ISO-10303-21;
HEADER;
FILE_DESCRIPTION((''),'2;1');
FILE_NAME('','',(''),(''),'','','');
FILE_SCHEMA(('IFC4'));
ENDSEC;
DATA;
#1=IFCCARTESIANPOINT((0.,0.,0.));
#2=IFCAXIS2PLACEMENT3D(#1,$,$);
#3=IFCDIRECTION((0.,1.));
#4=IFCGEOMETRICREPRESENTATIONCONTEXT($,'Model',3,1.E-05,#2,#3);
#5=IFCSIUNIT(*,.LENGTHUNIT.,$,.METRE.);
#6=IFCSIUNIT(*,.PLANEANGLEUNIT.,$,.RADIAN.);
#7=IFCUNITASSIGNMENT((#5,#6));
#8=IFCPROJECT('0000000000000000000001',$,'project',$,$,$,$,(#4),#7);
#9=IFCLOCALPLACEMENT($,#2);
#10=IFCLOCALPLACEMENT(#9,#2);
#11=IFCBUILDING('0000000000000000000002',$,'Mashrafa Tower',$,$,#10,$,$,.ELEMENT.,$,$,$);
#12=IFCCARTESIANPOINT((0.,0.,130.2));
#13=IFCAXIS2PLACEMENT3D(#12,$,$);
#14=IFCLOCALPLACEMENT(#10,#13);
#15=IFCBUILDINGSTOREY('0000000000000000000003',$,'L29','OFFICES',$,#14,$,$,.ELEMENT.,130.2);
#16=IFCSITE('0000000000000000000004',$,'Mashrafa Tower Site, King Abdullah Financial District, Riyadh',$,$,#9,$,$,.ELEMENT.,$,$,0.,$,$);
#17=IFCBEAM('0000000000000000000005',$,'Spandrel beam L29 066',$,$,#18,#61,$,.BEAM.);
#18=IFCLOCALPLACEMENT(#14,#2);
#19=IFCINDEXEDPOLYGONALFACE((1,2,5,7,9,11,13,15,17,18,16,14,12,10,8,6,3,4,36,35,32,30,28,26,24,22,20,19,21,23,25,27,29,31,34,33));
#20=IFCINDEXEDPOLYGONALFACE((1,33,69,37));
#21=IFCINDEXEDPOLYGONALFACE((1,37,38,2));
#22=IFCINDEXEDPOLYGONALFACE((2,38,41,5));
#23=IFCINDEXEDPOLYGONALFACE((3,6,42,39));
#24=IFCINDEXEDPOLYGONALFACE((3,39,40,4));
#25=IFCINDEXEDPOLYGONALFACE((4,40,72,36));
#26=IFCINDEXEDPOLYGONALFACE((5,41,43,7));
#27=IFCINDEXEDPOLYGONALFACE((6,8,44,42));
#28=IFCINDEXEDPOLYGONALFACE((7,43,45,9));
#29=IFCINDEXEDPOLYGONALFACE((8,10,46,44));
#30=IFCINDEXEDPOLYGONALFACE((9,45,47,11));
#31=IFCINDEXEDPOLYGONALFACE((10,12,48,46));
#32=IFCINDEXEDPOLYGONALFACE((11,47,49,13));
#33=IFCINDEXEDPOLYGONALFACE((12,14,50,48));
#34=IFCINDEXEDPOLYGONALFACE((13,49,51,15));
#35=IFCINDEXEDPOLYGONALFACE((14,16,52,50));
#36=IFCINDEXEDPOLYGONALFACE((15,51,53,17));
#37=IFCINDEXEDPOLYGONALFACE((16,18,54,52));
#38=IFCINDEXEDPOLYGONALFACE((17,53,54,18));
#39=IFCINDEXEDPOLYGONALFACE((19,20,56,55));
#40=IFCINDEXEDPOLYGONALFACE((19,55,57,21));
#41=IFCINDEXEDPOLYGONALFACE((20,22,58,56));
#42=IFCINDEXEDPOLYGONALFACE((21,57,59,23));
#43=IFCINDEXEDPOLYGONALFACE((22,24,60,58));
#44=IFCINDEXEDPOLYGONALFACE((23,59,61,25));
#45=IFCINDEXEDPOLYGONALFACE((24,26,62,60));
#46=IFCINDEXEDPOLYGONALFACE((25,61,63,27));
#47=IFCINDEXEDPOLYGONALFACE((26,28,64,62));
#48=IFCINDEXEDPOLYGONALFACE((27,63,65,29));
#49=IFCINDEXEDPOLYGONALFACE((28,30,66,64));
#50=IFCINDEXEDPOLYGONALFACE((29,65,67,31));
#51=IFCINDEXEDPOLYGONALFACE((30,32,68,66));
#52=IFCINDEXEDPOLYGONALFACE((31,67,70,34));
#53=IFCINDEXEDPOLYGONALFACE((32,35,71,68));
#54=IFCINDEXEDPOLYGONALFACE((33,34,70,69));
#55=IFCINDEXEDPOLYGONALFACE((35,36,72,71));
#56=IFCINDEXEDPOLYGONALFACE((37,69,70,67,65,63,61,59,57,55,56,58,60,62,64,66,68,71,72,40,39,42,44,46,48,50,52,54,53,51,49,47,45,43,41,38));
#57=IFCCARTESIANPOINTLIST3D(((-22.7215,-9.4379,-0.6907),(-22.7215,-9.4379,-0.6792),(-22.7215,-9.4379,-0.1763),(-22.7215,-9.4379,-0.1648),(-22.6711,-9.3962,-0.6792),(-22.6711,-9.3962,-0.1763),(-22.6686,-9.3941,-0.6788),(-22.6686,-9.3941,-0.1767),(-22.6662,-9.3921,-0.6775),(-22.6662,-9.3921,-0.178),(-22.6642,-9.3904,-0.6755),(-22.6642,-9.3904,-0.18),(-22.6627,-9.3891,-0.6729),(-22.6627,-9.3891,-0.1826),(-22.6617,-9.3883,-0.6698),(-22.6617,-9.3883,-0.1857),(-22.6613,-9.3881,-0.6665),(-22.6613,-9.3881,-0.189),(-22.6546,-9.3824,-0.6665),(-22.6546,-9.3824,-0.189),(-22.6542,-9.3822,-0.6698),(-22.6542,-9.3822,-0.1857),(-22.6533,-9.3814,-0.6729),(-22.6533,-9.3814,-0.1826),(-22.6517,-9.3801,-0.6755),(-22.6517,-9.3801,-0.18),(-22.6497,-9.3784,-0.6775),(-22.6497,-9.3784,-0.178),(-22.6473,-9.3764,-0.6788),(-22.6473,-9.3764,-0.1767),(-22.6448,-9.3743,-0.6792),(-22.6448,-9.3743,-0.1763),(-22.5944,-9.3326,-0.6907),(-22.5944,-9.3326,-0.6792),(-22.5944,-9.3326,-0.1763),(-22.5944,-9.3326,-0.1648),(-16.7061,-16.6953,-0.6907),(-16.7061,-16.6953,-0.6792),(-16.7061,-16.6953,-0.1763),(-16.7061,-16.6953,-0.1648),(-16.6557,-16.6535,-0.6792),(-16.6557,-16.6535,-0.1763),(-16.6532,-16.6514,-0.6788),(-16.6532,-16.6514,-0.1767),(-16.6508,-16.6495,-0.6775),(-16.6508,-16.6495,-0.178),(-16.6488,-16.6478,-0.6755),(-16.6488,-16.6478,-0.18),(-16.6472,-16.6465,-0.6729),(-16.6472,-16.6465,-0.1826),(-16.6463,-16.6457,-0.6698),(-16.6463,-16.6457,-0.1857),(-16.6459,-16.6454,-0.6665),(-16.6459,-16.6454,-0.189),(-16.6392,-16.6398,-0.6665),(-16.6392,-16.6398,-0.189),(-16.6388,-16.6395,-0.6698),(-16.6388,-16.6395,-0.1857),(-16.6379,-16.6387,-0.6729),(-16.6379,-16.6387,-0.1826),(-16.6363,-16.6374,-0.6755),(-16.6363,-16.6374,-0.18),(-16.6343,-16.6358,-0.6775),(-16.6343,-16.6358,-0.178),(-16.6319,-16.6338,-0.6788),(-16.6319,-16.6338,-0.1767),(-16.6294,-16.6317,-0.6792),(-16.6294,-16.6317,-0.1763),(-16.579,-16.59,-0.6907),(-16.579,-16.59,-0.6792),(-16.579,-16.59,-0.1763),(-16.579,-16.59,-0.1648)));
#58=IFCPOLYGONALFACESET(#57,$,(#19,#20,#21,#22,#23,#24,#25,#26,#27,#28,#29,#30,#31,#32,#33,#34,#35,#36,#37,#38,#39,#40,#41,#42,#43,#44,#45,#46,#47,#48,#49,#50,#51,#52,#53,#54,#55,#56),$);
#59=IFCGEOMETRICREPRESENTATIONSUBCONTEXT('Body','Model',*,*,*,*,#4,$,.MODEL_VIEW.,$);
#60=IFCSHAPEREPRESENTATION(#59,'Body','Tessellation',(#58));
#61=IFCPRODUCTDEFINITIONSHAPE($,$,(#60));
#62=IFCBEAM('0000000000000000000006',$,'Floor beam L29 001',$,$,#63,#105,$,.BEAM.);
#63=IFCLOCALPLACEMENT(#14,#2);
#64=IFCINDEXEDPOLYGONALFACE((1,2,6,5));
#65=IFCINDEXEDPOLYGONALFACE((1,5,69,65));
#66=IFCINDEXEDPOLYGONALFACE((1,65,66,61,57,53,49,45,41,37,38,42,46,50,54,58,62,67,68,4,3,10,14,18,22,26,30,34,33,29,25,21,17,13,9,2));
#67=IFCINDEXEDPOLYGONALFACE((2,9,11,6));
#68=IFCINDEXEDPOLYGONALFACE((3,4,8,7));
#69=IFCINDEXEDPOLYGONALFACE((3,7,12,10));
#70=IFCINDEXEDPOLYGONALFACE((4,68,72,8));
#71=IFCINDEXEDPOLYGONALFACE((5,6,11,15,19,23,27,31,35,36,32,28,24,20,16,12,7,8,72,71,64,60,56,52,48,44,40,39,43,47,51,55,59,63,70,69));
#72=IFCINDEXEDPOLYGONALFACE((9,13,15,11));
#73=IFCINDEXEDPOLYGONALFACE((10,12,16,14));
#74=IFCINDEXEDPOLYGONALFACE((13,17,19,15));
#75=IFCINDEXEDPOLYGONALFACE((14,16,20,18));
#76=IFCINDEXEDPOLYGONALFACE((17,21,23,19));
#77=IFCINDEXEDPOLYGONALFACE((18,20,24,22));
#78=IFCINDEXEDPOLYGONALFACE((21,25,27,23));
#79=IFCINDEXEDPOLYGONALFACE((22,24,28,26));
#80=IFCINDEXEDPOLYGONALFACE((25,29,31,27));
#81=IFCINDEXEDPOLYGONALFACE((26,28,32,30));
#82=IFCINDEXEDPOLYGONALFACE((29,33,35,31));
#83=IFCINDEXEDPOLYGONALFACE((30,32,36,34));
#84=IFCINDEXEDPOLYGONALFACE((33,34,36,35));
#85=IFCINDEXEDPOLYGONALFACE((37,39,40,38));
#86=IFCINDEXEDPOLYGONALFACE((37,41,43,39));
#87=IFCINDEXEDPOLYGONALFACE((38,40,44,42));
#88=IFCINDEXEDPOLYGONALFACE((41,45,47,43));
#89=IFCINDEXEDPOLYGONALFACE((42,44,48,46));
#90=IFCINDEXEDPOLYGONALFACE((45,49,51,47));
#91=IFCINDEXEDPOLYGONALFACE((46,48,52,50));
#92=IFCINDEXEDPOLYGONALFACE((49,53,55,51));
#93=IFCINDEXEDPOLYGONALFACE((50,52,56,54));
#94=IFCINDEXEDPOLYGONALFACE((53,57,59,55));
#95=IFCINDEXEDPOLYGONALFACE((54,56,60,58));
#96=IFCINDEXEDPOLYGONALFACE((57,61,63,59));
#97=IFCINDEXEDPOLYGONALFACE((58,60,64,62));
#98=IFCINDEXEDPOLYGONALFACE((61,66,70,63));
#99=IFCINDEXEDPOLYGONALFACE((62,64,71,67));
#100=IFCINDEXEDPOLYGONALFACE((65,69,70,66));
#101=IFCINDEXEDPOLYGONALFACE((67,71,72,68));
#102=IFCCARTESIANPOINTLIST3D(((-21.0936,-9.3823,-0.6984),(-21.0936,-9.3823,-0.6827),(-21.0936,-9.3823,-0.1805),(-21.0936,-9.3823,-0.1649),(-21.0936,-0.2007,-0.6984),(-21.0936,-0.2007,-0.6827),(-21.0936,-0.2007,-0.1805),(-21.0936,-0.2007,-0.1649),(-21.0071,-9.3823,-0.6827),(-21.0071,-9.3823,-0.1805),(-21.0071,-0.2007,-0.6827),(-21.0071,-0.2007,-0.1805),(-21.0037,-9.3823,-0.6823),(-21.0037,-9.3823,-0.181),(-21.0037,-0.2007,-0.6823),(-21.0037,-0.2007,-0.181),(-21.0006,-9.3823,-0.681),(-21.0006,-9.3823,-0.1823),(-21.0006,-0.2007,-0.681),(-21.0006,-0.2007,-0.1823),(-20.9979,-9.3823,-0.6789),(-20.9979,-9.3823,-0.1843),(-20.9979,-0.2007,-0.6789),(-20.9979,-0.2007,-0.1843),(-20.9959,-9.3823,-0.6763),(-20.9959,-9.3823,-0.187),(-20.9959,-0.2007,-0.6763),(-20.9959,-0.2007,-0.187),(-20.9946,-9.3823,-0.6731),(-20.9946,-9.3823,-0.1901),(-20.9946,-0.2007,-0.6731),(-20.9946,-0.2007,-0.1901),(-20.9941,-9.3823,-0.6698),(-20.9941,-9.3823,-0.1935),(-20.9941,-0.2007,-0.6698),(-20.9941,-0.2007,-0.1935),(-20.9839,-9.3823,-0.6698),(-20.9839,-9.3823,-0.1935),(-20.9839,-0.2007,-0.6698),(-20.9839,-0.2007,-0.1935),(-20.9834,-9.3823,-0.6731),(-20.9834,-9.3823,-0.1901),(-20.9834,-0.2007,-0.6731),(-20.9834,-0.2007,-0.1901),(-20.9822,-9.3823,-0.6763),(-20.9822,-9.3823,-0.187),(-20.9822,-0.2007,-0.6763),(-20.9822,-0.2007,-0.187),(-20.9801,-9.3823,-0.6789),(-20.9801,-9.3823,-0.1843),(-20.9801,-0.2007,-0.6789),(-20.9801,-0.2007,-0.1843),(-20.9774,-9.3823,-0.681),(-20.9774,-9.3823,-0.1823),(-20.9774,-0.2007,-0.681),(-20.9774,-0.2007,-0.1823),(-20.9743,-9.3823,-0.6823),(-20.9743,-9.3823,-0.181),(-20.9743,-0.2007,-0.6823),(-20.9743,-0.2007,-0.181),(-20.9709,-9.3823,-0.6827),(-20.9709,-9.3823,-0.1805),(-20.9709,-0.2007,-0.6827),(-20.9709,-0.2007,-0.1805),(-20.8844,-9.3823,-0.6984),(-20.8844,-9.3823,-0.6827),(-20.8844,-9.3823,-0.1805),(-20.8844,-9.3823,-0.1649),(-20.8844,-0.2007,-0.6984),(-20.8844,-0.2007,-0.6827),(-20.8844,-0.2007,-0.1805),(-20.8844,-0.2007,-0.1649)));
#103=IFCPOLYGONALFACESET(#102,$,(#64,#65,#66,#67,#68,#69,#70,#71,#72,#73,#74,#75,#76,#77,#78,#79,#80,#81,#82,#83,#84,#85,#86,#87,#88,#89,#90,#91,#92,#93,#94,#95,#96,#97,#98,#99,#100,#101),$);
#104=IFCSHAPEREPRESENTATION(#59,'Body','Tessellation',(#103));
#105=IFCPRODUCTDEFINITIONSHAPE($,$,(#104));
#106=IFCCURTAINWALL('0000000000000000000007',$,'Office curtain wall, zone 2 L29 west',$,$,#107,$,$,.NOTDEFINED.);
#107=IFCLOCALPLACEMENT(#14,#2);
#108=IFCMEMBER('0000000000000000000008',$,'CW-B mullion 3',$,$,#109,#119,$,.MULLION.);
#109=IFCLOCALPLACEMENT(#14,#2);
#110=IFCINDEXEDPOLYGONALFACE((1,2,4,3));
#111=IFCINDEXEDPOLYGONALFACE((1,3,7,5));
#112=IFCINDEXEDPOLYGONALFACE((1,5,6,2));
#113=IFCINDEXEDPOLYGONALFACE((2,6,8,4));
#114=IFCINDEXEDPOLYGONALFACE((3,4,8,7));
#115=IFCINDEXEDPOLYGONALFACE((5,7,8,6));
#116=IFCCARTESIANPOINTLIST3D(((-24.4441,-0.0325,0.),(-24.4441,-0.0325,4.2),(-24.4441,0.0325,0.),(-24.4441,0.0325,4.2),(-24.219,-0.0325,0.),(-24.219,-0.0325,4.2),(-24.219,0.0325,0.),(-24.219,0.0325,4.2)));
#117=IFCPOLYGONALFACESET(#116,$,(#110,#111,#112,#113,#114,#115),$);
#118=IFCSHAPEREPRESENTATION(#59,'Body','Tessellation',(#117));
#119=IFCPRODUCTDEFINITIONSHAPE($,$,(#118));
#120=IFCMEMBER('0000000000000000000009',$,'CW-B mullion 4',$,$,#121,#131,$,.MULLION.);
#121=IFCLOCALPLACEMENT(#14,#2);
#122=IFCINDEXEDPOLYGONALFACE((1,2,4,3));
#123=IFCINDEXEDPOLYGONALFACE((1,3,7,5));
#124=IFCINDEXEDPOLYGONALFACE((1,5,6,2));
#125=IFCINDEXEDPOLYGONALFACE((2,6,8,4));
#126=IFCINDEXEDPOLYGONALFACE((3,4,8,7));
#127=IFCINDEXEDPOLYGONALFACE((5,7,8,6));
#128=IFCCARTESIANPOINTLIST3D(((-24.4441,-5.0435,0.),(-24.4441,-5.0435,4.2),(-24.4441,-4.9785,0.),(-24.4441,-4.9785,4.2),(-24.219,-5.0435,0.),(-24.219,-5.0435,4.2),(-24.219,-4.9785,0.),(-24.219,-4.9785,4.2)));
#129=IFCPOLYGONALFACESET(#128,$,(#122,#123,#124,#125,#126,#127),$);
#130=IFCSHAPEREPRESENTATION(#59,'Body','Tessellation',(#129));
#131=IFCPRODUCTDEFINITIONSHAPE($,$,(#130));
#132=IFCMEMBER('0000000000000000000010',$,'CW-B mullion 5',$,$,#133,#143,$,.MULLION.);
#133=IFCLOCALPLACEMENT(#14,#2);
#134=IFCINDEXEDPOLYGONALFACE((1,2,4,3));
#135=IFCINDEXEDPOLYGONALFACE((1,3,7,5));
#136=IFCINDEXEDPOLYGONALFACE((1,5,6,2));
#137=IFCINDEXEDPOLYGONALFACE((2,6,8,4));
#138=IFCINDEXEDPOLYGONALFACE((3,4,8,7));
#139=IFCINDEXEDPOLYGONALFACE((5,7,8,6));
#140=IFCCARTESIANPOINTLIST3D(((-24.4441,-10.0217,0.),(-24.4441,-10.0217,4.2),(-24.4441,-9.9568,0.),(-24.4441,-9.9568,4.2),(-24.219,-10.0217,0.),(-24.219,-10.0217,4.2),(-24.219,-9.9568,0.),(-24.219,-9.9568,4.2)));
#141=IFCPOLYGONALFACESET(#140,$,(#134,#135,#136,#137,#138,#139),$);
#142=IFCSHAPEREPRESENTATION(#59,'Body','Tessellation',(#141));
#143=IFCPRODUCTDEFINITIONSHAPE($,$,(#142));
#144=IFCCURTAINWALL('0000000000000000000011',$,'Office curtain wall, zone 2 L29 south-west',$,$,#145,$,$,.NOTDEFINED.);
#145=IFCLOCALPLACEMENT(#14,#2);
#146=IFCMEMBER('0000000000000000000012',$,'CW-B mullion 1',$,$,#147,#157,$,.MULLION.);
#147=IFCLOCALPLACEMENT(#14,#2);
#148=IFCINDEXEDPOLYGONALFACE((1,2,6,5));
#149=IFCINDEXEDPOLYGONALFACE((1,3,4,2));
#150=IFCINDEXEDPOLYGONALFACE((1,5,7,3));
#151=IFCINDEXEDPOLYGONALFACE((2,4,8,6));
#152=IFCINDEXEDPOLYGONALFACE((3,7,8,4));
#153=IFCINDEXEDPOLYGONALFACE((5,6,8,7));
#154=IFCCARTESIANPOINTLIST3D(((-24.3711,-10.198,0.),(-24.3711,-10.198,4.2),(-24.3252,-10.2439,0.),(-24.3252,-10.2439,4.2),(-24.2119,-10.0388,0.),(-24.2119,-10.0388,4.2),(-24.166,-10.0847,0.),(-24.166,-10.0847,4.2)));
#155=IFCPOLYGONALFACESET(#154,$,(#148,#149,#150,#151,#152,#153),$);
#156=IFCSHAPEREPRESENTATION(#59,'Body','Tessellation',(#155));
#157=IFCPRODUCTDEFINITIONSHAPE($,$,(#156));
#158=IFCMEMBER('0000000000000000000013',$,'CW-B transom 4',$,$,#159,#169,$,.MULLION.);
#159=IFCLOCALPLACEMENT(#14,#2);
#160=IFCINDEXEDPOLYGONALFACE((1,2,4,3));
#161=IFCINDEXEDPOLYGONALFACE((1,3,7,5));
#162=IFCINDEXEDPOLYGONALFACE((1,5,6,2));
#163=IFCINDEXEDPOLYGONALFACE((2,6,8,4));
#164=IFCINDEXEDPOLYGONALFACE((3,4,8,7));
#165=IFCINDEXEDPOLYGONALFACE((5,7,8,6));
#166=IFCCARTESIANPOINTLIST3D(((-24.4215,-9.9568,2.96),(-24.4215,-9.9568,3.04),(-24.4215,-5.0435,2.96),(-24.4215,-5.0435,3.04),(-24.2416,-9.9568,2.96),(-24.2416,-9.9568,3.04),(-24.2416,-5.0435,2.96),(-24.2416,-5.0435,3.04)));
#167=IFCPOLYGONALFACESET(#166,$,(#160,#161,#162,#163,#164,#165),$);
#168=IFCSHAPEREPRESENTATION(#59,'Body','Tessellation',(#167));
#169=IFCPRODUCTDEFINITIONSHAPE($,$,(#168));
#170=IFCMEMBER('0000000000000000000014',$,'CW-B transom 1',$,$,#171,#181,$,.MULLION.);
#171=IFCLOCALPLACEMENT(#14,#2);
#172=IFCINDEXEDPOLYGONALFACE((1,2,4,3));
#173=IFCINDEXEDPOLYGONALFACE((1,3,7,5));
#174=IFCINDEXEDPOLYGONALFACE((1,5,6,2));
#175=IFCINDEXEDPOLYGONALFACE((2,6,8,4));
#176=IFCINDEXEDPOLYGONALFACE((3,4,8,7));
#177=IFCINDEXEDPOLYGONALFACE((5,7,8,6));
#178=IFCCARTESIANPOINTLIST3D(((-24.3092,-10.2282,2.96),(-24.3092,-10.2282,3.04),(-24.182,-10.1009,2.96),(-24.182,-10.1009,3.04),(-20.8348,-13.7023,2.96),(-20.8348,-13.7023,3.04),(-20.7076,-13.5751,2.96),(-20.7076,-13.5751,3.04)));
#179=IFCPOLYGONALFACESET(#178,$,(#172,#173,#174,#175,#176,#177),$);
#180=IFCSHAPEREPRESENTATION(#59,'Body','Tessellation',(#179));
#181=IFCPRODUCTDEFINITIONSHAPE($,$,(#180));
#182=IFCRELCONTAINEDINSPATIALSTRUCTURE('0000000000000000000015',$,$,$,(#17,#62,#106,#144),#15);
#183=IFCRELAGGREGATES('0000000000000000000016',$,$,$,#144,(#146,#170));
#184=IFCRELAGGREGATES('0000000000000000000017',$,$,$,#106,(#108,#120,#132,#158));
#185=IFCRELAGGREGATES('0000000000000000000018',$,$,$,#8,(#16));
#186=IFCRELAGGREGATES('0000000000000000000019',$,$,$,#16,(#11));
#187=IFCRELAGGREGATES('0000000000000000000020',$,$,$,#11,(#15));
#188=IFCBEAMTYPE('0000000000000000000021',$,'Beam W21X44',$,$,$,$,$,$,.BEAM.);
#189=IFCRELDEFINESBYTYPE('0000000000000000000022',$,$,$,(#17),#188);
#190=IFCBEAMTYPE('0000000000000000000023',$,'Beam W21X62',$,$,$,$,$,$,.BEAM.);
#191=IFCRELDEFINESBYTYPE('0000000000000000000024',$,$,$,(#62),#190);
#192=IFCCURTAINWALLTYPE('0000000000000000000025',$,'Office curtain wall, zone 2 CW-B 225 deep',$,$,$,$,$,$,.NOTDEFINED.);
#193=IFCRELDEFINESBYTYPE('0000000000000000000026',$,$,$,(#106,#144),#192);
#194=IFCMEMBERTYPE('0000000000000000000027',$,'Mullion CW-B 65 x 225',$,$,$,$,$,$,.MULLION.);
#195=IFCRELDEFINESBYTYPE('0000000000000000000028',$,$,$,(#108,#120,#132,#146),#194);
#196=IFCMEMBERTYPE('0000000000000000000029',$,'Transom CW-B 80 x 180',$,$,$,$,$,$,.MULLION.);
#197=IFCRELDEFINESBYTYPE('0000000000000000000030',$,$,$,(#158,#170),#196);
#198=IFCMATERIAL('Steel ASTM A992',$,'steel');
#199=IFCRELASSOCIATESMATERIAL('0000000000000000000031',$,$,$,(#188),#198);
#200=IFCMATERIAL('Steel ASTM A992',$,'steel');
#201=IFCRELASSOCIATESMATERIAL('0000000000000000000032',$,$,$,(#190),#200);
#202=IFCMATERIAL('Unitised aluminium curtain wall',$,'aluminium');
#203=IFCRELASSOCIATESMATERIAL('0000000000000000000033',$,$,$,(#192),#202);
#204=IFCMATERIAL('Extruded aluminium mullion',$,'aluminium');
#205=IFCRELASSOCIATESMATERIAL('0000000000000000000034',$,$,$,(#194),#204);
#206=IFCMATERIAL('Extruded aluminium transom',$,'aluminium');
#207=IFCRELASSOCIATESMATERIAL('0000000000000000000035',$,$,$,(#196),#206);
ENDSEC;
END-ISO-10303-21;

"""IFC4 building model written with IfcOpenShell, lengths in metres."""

from ifc_helpers import new_model, si_unit, direction, frame, origin, origin_2d, place, context, subcontext, project, spatial, rectangle, i_section, extrude, source, transform, mapped, material, material_profile, profile_set, type_object, type_shapes, element, aggregate, save


model = new_model("IFC4")

# Units and contexts
model_context = context("Model", 3, precision=1e-05, world=origin(), true_north=direction((0.0, 1.0)))
body_context = subcontext(model_context, "Body", "Model", "MODEL_VIEW")
ifc_project = project(units=[si_unit("LENGTHUNIT", "METRE"), si_unit("PLANEANGLEUNIT", "RADIAN")], contexts=[model_context])

# Site, building, storey
site_placement = place(None, origin())
site = spatial("IfcSite", under=ifc_project, at=site_placement, Name="Mashrafa Tower Site, King Abdullah Financial District, Riyadh", CompositionType="ELEMENT", RefElevation=0.0)
building_placement = place(site_placement, origin())
building = spatial("IfcBuilding", under=site, at=building_placement, Name="Mashrafa Tower", CompositionType="ELEMENT")
storey_placement = place(building_placement, frame((0.0, 0.0, 130.2)))
storey = spatial("IfcBuildingStorey", under=building, at=storey_placement, Name="L29", Description="OFFICES", CompositionType="ELEMENT", Elevation=130.2)

# Beams
ifc_material_1 = material(Name="Steel ASTM A992", Category="steel")
ifc_material_profile_1 = material_profile(ifc_material_1, i_section(OverallWidth=0.165, OverallDepth=0.5259, WebThickness=0.0088, FlangeThickness=0.0115, FilletRadius=0.0127, at=origin_2d()), Name="W21X44")
ifc_profile_set_1 = profile_set([ifc_material_profile_1], Name="Steel ASTM A992")
beam_type_1 = type_object("IfcBeamType", Name="Beam W21X44", PredefinedType="BEAM", material=ifc_profile_set_1)
for number, where, z_axis, x_axis, name in (
    (1, (-22.658, -9.3853, -0.4277), (0.638154, -0.769908, 0.0), (0.769908, 0.638154, 0.0), "Spandrel beam L29 066"),
):
    element("IfcBeam", number, at=place(storey_placement, frame(where, z_axis=z_axis, x_axis=x_axis)), inside=storey, type_object=beam_type_1, Name=name, PredefinedType="BEAM", context=body_context, shape_type="SweptSolid", body=[
        extrude(i_section(OverallWidth=0.165, OverallDepth=0.5259, WebThickness=0.0088, FlangeThickness=0.0115, FilletRadius=0.0127, at=origin_2d()), origin(), (0.0, 0.0, 1.0), 9.4263),
    ])
ifc_material_2 = material(Name="Steel ASTM A992", Category="steel")
ifc_material_profile_2 = material_profile(ifc_material_2, i_section(OverallWidth=0.2092, OverallDepth=0.5334, WebThickness=0.0103, FlangeThickness=0.0156, FilletRadius=0.0129, at=origin_2d()), Name="W21X62")
ifc_profile_set_2 = profile_set([ifc_material_profile_2], Name="Steel ASTM A992")
beam_type_2 = type_object("IfcBeamType", Name="Beam W21X62", PredefinedType="BEAM", material=ifc_profile_set_2)
beam_1_placement = place(storey_placement, frame((-20.989, -9.3823, -0.4316), z_axis=(0.0, 1.0, 0.0), x_axis=(-1.0, 0.0, 0.0)))
element("IfcBeam", 2, at=beam_1_placement, inside=storey, type_object=beam_type_2, Name="Floor beam L29 001", PredefinedType="BEAM", context=body_context, shape_type="SweptSolid", body=[
    extrude(i_section(OverallWidth=0.2092, OverallDepth=0.5334, WebThickness=0.0103, FlangeThickness=0.0156, FilletRadius=0.0129, at=origin_2d()), origin(), (0.0, 0.0, 1.0), 9.1816),
])

# Curtain wall, members
ifc_material_3 = material(Name="Unitised aluminium curtain wall", Category="aluminium")
curtain_wall_type = type_object("IfcCurtainWallType", Name="Office curtain wall, zone 2 CW-B 225 deep", PredefinedType="NOTDEFINED", material=ifc_material_3)
curtain_wall_1_placement = place(storey_placement, origin())
curtain_wall_1 = element("IfcCurtainWall", 3, at=curtain_wall_1_placement, inside=storey, type_object=curtain_wall_type, Name="Office curtain wall, zone 2 L29 west", PredefinedType="NOTDEFINED")
ifc_material_4 = material(Name="Extruded aluminium mullion", Category="aluminium")
ifc_material_profile_3 = material_profile(ifc_material_4, rectangle(XDim=0.2251, YDim=0.0649, at=origin_2d()), Name="Mullion 65x225")
ifc_profile_set_3 = profile_set([ifc_material_profile_3], Name="Extruded aluminium mullion")
member_type_1 = type_object("IfcMemberType", Name="Mullion CW-B 65 x 225", PredefinedType="MULLION", material=ifc_profile_set_3)
shared_shape_1 = source(origin(), body_context, "Body", "SweptSolid", [
    extrude(rectangle(XDim=0.2251, YDim=0.0649, at=origin_2d()), origin(), (0.0, 0.0, 1.0), 4.2),
])
type_shapes(member_type_1, [shared_shape_1])
member_1_placement = place(storey_placement, frame((-24.3315, 0.0, 0.0), z_axis=(0.0, 0.0, 1.0), x_axis=(1.0, 0.0, 0.0)))
member_1 = element("IfcMember", 4, at=member_1_placement, type_object=member_type_1, Name="CW-B mullion 3", PredefinedType="MULLION", context=body_context, shape_type="MappedRepresentation", body=[
    mapped(shared_shape_1, transform((0.0, 0.0, 0.0))),
])
member_2_placement = place(storey_placement, frame((-24.3315, -5.011, 0.0), z_axis=(0.0, 0.0, 1.0), x_axis=(1.0, 0.0, 0.0)))
member_2 = element("IfcMember", 5, at=member_2_placement, type_object=member_type_1, Name="CW-B mullion 4", PredefinedType="MULLION", context=body_context, shape_type="MappedRepresentation", body=[
    mapped(shared_shape_1, transform((0.0, 0.0, 0.0))),
])
member_3_placement = place(storey_placement, frame((-24.3315, -9.9893, 0.0), z_axis=(0.0, 0.0, 1.0), x_axis=(1.0, 0.0, 0.0)))
member_3 = element("IfcMember", 6, at=member_3_placement, type_object=member_type_1, Name="CW-B mullion 5", PredefinedType="MULLION", context=body_context, shape_type="MappedRepresentation", body=[
    mapped(shared_shape_1, transform((0.0, 0.0, 0.0))),
])

# Curtain wall, member
curtain_wall_2_placement = place(storey_placement, origin())
curtain_wall_2 = element("IfcCurtainWall", 7, at=curtain_wall_2_placement, inside=storey, type_object=curtain_wall_type, Name="Office curtain wall, zone 2 L29 south-west", PredefinedType="NOTDEFINED")
member_4_placement = place(storey_placement, frame((-24.2686, -10.1414, 0.0), z_axis=(0.0, 0.0, 1.0), x_axis=(0.707107, 0.707107, 0.0)))
member_4 = element("IfcMember", 8, at=member_4_placement, type_object=member_type_1, Name="CW-B mullion 1", PredefinedType="MULLION", context=body_context, shape_type="MappedRepresentation", body=[
    mapped(shared_shape_1, transform((0.0, 0.0, 0.0))),
])

# Members
ifc_material_5 = material(Name="Extruded aluminium transom", Category="aluminium")
ifc_material_profile_4 = material_profile(ifc_material_5, rectangle(XDim=0.1799, YDim=0.0801, at=origin_2d()), Name="Transom 80x180")
ifc_profile_set_4 = profile_set([ifc_material_profile_4], Name="Extruded aluminium transom")
member_type_2 = type_object("IfcMemberType", Name="Transom CW-B 80 x 180", PredefinedType="MULLION", material=ifc_profile_set_4)
shared_shape_2 = source(origin(), body_context, "Body", "SweptSolid", [
    extrude(rectangle(XDim=0.1799, YDim=0.0801, at=origin_2d()), origin(), (0.0, 0.0, 1.0), 4.9133),
])
member_5_placement = place(storey_placement, frame((-24.3315, -5.0435, 3.0), z_axis=(0.0, -1.0, 0.0), x_axis=(1.0, 0.0, 0.0)))
member_5 = element("IfcMember", 9, at=member_5_placement, type_object=member_type_2, Name="CW-B transom 4", PredefinedType="MULLION", context=body_context, shape_type="MappedRepresentation", body=[
    mapped(shared_shape_2, transform((0.0, 0.0, 0.0))),
])
member_6_placement = place(storey_placement, frame((-24.2456, -10.1646, 3.0), z_axis=(0.707132, -0.707082, 0.0), x_axis=(0.707082, 0.707132, 0.0)))
member_6 = element("IfcMember", 10, at=member_6_placement, type_object=member_type_2, Name="CW-B transom 1", PredefinedType="MULLION", context=body_context, shape_type="MappedRepresentation", body=[
    mapped(shared_shape_2, transform((0.0, 0.0, 0.0))),
])
aggregate(curtain_wall_2, [member_4, member_6])

aggregate(curtain_wall_1, [member_1, member_2, member_3, member_5])

save(model, "model.ifc")
